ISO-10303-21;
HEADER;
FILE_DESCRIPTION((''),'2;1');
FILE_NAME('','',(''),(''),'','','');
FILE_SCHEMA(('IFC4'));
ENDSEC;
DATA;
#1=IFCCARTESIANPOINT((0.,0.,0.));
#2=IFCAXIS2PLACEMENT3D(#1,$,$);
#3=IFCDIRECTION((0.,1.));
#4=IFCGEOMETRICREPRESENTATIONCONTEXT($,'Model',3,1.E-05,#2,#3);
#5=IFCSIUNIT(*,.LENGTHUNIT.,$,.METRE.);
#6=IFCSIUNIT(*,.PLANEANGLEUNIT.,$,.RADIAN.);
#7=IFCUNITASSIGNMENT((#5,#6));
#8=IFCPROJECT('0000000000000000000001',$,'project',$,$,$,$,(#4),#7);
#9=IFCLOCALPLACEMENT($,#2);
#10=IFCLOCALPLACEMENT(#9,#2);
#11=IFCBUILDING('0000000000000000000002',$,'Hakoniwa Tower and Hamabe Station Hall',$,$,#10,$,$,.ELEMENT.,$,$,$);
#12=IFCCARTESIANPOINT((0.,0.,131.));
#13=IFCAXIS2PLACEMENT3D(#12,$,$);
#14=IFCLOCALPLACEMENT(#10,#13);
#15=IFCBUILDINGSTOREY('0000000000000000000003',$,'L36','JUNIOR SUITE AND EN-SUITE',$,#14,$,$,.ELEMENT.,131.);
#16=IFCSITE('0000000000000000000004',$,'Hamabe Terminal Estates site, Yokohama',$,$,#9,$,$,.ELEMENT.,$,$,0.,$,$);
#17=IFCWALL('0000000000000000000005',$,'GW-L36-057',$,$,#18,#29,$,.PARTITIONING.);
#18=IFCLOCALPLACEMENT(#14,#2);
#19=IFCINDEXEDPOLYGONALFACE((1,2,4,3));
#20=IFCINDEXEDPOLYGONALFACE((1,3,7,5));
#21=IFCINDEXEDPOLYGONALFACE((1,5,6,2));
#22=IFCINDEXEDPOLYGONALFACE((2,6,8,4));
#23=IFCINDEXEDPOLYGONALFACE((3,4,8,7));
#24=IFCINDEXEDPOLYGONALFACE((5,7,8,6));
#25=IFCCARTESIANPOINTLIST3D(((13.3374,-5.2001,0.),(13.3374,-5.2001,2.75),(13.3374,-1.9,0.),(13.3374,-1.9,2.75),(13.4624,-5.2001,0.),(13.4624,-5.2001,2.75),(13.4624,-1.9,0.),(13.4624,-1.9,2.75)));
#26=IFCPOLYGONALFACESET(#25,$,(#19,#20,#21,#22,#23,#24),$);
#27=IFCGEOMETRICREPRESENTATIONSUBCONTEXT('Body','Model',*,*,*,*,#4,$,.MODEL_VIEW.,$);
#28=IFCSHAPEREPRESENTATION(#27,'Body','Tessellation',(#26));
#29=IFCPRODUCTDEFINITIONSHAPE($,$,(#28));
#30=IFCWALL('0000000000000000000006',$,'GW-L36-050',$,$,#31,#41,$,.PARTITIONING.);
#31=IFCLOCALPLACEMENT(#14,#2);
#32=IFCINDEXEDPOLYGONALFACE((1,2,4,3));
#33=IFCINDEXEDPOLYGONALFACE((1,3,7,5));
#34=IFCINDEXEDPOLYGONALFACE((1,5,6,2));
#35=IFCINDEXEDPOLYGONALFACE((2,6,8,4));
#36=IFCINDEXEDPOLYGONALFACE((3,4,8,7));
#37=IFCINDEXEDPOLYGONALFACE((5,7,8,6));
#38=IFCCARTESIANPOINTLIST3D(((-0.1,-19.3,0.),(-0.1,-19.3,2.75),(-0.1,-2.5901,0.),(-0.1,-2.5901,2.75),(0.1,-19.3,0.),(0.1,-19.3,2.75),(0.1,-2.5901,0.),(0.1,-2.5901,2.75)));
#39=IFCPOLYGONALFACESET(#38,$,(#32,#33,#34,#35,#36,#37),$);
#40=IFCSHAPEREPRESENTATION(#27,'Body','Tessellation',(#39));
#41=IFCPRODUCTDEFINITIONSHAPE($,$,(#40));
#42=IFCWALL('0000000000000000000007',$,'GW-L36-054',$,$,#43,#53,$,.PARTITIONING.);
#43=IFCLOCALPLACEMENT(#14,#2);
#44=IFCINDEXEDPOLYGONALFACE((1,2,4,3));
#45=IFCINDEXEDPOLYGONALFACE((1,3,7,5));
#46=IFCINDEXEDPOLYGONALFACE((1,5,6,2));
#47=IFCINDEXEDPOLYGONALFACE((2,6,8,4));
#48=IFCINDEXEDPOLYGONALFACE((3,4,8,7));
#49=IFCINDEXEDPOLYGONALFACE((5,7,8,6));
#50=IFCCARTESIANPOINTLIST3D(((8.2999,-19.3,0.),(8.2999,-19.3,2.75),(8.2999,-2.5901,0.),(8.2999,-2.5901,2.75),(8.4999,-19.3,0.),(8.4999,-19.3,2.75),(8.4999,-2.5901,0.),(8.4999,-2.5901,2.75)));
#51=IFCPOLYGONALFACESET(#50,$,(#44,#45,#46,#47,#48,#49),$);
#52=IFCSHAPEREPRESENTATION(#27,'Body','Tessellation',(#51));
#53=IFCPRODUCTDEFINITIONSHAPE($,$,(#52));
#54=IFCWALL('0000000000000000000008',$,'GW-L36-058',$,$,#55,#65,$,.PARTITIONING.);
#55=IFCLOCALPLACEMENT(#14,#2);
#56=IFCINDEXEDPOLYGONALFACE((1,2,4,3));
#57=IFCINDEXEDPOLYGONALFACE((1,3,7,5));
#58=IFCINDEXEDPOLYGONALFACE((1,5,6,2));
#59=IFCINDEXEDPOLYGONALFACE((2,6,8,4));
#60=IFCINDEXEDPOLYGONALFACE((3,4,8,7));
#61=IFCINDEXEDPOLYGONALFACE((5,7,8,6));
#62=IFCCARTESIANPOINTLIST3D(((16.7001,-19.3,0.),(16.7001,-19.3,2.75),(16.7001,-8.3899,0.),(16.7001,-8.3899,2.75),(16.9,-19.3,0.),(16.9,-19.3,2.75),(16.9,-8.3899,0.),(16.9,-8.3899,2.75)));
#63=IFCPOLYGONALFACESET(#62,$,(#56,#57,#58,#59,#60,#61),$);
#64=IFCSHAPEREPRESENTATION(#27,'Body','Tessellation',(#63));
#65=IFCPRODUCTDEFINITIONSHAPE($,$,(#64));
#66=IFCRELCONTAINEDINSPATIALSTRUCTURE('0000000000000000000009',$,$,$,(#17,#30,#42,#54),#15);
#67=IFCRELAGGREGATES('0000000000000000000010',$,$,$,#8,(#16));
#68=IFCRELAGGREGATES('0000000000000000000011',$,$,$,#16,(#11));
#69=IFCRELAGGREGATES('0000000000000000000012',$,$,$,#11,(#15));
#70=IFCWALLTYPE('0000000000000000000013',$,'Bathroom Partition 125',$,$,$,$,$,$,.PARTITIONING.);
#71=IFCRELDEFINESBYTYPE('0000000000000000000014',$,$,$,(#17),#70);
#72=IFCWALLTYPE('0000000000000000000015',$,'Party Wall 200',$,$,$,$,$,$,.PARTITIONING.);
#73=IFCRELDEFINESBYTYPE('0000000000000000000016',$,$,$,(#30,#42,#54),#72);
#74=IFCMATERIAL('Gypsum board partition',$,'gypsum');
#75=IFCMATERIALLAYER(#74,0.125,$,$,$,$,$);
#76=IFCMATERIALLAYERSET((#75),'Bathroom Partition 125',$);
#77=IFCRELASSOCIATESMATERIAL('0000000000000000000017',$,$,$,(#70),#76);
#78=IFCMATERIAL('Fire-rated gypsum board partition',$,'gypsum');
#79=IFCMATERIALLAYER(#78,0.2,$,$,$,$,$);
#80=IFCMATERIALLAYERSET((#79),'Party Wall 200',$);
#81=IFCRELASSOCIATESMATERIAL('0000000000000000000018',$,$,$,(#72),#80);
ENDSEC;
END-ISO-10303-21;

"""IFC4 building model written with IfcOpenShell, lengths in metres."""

from ifc_helpers import new_model, si_unit, direction, frame, frame_2d, origin, place, context, subcontext, project, spatial, rectangle, extrude, material, layer, layer_set, type_object, element, save


model = new_model("IFC4")

# Units and contexts
model_context = context("Model", 3, precision=1e-05, world=origin(), true_north=direction((0.0, 1.0)))
body_context = subcontext(model_context, "Body", "Model", "MODEL_VIEW")
ifc_project = project(units=[si_unit("LENGTHUNIT", "METRE"), si_unit("PLANEANGLEUNIT", "RADIAN")], contexts=[model_context])

# Site, building, storey
site_placement = place(None, origin())
site = spatial("IfcSite", under=ifc_project, at=site_placement, Name="Hamabe Terminal Estates site, Yokohama", CompositionType="ELEMENT", RefElevation=0.0)
building_placement = place(site_placement, origin())
building = spatial("IfcBuilding", under=site, at=building_placement, Name="Hakoniwa Tower and Hamabe Station Hall", CompositionType="ELEMENT")
storey_placement = place(building_placement, frame((0.0, 0.0, 131.0)))
storey = spatial("IfcBuildingStorey", under=building, at=storey_placement, Name="L36", Description="JUNIOR SUITE AND EN-SUITE", CompositionType="ELEMENT", Elevation=131.0)

# Shared definitions
ifc_material_1 = material(Name="Gypsum board partition", Category="gypsum")
ifc_layer_1 = layer(ifc_material_1, 0.125)
ifc_layer_set_1 = layer_set([ifc_layer_1], Name="Bathroom Partition 125")
wall_type_1 = type_object("IfcWallType", Name="Bathroom Partition 125", PredefinedType="PARTITIONING", material=ifc_layer_set_1)

# Walls
for number, where, z_axis, x_axis, name in (
    (1, (13.3999, -5.2, 0.0), (0.0, 0.0, 1.0), (0.0, 1.0, 0.0), "GW-L36-057"),
):
    element("IfcWall", number, at=place(storey_placement, frame(where, z_axis=z_axis, x_axis=x_axis)), inside=storey, type_object=wall_type_1, Name=name, PredefinedType="PARTITIONING", context=body_context, shape_type="SweptSolid", body=[
        extrude(rectangle(XDim=3.3, YDim=0.125, at=frame_2d((1.6499, 0.0))), origin(), (0.0, 0.0, 1.0), 2.75),
    ])
ifc_material_2 = material(Name="Fire-rated gypsum board partition", Category="gypsum")
ifc_layer_2 = layer(ifc_material_2, 0.2)
ifc_layer_set_2 = layer_set([ifc_layer_2], Name="Party Wall 200")
wall_type_2 = type_object("IfcWallType", Name="Party Wall 200", PredefinedType="PARTITIONING", material=ifc_layer_set_2)
for number, where, z_axis, x_axis, name in (
    (2, (0.0, -19.3, 0.0), (0.0, 0.0, 1.0), (0.0, 1.0, 0.0), "GW-L36-050"),
    (3, (8.3999, -19.3, 0.0), (0.0, 0.0, 1.0), (0.0, 1.0, 0.0), "GW-L36-054"),
):
    element("IfcWall", number, at=place(storey_placement, frame(where, z_axis=z_axis, x_axis=x_axis)), inside=storey, type_object=wall_type_2, Name=name, PredefinedType="PARTITIONING", context=body_context, shape_type="SweptSolid", body=[
        extrude(rectangle(XDim=16.71, YDim=0.2, at=frame_2d((8.355, 0.0))), origin(), (0.0, 0.0, 1.0), 2.75),
    ])
wall_1_placement = place(storey_placement, frame((16.8, -19.3, 0.0), z_axis=(0.0, 0.0, 1.0), x_axis=(0.0, 1.0, 0.0)))
element("IfcWall", 4, at=wall_1_placement, inside=storey, type_object=wall_type_2, Name="GW-L36-058", PredefinedType="PARTITIONING", context=body_context, shape_type="SweptSolid", body=[
    extrude(rectangle(XDim=10.9102, YDim=0.2, at=frame_2d((5.4551, 0.0))), origin(), (0.0, 0.0, 1.0), 2.75),
])

save(model, "model.ifc")
